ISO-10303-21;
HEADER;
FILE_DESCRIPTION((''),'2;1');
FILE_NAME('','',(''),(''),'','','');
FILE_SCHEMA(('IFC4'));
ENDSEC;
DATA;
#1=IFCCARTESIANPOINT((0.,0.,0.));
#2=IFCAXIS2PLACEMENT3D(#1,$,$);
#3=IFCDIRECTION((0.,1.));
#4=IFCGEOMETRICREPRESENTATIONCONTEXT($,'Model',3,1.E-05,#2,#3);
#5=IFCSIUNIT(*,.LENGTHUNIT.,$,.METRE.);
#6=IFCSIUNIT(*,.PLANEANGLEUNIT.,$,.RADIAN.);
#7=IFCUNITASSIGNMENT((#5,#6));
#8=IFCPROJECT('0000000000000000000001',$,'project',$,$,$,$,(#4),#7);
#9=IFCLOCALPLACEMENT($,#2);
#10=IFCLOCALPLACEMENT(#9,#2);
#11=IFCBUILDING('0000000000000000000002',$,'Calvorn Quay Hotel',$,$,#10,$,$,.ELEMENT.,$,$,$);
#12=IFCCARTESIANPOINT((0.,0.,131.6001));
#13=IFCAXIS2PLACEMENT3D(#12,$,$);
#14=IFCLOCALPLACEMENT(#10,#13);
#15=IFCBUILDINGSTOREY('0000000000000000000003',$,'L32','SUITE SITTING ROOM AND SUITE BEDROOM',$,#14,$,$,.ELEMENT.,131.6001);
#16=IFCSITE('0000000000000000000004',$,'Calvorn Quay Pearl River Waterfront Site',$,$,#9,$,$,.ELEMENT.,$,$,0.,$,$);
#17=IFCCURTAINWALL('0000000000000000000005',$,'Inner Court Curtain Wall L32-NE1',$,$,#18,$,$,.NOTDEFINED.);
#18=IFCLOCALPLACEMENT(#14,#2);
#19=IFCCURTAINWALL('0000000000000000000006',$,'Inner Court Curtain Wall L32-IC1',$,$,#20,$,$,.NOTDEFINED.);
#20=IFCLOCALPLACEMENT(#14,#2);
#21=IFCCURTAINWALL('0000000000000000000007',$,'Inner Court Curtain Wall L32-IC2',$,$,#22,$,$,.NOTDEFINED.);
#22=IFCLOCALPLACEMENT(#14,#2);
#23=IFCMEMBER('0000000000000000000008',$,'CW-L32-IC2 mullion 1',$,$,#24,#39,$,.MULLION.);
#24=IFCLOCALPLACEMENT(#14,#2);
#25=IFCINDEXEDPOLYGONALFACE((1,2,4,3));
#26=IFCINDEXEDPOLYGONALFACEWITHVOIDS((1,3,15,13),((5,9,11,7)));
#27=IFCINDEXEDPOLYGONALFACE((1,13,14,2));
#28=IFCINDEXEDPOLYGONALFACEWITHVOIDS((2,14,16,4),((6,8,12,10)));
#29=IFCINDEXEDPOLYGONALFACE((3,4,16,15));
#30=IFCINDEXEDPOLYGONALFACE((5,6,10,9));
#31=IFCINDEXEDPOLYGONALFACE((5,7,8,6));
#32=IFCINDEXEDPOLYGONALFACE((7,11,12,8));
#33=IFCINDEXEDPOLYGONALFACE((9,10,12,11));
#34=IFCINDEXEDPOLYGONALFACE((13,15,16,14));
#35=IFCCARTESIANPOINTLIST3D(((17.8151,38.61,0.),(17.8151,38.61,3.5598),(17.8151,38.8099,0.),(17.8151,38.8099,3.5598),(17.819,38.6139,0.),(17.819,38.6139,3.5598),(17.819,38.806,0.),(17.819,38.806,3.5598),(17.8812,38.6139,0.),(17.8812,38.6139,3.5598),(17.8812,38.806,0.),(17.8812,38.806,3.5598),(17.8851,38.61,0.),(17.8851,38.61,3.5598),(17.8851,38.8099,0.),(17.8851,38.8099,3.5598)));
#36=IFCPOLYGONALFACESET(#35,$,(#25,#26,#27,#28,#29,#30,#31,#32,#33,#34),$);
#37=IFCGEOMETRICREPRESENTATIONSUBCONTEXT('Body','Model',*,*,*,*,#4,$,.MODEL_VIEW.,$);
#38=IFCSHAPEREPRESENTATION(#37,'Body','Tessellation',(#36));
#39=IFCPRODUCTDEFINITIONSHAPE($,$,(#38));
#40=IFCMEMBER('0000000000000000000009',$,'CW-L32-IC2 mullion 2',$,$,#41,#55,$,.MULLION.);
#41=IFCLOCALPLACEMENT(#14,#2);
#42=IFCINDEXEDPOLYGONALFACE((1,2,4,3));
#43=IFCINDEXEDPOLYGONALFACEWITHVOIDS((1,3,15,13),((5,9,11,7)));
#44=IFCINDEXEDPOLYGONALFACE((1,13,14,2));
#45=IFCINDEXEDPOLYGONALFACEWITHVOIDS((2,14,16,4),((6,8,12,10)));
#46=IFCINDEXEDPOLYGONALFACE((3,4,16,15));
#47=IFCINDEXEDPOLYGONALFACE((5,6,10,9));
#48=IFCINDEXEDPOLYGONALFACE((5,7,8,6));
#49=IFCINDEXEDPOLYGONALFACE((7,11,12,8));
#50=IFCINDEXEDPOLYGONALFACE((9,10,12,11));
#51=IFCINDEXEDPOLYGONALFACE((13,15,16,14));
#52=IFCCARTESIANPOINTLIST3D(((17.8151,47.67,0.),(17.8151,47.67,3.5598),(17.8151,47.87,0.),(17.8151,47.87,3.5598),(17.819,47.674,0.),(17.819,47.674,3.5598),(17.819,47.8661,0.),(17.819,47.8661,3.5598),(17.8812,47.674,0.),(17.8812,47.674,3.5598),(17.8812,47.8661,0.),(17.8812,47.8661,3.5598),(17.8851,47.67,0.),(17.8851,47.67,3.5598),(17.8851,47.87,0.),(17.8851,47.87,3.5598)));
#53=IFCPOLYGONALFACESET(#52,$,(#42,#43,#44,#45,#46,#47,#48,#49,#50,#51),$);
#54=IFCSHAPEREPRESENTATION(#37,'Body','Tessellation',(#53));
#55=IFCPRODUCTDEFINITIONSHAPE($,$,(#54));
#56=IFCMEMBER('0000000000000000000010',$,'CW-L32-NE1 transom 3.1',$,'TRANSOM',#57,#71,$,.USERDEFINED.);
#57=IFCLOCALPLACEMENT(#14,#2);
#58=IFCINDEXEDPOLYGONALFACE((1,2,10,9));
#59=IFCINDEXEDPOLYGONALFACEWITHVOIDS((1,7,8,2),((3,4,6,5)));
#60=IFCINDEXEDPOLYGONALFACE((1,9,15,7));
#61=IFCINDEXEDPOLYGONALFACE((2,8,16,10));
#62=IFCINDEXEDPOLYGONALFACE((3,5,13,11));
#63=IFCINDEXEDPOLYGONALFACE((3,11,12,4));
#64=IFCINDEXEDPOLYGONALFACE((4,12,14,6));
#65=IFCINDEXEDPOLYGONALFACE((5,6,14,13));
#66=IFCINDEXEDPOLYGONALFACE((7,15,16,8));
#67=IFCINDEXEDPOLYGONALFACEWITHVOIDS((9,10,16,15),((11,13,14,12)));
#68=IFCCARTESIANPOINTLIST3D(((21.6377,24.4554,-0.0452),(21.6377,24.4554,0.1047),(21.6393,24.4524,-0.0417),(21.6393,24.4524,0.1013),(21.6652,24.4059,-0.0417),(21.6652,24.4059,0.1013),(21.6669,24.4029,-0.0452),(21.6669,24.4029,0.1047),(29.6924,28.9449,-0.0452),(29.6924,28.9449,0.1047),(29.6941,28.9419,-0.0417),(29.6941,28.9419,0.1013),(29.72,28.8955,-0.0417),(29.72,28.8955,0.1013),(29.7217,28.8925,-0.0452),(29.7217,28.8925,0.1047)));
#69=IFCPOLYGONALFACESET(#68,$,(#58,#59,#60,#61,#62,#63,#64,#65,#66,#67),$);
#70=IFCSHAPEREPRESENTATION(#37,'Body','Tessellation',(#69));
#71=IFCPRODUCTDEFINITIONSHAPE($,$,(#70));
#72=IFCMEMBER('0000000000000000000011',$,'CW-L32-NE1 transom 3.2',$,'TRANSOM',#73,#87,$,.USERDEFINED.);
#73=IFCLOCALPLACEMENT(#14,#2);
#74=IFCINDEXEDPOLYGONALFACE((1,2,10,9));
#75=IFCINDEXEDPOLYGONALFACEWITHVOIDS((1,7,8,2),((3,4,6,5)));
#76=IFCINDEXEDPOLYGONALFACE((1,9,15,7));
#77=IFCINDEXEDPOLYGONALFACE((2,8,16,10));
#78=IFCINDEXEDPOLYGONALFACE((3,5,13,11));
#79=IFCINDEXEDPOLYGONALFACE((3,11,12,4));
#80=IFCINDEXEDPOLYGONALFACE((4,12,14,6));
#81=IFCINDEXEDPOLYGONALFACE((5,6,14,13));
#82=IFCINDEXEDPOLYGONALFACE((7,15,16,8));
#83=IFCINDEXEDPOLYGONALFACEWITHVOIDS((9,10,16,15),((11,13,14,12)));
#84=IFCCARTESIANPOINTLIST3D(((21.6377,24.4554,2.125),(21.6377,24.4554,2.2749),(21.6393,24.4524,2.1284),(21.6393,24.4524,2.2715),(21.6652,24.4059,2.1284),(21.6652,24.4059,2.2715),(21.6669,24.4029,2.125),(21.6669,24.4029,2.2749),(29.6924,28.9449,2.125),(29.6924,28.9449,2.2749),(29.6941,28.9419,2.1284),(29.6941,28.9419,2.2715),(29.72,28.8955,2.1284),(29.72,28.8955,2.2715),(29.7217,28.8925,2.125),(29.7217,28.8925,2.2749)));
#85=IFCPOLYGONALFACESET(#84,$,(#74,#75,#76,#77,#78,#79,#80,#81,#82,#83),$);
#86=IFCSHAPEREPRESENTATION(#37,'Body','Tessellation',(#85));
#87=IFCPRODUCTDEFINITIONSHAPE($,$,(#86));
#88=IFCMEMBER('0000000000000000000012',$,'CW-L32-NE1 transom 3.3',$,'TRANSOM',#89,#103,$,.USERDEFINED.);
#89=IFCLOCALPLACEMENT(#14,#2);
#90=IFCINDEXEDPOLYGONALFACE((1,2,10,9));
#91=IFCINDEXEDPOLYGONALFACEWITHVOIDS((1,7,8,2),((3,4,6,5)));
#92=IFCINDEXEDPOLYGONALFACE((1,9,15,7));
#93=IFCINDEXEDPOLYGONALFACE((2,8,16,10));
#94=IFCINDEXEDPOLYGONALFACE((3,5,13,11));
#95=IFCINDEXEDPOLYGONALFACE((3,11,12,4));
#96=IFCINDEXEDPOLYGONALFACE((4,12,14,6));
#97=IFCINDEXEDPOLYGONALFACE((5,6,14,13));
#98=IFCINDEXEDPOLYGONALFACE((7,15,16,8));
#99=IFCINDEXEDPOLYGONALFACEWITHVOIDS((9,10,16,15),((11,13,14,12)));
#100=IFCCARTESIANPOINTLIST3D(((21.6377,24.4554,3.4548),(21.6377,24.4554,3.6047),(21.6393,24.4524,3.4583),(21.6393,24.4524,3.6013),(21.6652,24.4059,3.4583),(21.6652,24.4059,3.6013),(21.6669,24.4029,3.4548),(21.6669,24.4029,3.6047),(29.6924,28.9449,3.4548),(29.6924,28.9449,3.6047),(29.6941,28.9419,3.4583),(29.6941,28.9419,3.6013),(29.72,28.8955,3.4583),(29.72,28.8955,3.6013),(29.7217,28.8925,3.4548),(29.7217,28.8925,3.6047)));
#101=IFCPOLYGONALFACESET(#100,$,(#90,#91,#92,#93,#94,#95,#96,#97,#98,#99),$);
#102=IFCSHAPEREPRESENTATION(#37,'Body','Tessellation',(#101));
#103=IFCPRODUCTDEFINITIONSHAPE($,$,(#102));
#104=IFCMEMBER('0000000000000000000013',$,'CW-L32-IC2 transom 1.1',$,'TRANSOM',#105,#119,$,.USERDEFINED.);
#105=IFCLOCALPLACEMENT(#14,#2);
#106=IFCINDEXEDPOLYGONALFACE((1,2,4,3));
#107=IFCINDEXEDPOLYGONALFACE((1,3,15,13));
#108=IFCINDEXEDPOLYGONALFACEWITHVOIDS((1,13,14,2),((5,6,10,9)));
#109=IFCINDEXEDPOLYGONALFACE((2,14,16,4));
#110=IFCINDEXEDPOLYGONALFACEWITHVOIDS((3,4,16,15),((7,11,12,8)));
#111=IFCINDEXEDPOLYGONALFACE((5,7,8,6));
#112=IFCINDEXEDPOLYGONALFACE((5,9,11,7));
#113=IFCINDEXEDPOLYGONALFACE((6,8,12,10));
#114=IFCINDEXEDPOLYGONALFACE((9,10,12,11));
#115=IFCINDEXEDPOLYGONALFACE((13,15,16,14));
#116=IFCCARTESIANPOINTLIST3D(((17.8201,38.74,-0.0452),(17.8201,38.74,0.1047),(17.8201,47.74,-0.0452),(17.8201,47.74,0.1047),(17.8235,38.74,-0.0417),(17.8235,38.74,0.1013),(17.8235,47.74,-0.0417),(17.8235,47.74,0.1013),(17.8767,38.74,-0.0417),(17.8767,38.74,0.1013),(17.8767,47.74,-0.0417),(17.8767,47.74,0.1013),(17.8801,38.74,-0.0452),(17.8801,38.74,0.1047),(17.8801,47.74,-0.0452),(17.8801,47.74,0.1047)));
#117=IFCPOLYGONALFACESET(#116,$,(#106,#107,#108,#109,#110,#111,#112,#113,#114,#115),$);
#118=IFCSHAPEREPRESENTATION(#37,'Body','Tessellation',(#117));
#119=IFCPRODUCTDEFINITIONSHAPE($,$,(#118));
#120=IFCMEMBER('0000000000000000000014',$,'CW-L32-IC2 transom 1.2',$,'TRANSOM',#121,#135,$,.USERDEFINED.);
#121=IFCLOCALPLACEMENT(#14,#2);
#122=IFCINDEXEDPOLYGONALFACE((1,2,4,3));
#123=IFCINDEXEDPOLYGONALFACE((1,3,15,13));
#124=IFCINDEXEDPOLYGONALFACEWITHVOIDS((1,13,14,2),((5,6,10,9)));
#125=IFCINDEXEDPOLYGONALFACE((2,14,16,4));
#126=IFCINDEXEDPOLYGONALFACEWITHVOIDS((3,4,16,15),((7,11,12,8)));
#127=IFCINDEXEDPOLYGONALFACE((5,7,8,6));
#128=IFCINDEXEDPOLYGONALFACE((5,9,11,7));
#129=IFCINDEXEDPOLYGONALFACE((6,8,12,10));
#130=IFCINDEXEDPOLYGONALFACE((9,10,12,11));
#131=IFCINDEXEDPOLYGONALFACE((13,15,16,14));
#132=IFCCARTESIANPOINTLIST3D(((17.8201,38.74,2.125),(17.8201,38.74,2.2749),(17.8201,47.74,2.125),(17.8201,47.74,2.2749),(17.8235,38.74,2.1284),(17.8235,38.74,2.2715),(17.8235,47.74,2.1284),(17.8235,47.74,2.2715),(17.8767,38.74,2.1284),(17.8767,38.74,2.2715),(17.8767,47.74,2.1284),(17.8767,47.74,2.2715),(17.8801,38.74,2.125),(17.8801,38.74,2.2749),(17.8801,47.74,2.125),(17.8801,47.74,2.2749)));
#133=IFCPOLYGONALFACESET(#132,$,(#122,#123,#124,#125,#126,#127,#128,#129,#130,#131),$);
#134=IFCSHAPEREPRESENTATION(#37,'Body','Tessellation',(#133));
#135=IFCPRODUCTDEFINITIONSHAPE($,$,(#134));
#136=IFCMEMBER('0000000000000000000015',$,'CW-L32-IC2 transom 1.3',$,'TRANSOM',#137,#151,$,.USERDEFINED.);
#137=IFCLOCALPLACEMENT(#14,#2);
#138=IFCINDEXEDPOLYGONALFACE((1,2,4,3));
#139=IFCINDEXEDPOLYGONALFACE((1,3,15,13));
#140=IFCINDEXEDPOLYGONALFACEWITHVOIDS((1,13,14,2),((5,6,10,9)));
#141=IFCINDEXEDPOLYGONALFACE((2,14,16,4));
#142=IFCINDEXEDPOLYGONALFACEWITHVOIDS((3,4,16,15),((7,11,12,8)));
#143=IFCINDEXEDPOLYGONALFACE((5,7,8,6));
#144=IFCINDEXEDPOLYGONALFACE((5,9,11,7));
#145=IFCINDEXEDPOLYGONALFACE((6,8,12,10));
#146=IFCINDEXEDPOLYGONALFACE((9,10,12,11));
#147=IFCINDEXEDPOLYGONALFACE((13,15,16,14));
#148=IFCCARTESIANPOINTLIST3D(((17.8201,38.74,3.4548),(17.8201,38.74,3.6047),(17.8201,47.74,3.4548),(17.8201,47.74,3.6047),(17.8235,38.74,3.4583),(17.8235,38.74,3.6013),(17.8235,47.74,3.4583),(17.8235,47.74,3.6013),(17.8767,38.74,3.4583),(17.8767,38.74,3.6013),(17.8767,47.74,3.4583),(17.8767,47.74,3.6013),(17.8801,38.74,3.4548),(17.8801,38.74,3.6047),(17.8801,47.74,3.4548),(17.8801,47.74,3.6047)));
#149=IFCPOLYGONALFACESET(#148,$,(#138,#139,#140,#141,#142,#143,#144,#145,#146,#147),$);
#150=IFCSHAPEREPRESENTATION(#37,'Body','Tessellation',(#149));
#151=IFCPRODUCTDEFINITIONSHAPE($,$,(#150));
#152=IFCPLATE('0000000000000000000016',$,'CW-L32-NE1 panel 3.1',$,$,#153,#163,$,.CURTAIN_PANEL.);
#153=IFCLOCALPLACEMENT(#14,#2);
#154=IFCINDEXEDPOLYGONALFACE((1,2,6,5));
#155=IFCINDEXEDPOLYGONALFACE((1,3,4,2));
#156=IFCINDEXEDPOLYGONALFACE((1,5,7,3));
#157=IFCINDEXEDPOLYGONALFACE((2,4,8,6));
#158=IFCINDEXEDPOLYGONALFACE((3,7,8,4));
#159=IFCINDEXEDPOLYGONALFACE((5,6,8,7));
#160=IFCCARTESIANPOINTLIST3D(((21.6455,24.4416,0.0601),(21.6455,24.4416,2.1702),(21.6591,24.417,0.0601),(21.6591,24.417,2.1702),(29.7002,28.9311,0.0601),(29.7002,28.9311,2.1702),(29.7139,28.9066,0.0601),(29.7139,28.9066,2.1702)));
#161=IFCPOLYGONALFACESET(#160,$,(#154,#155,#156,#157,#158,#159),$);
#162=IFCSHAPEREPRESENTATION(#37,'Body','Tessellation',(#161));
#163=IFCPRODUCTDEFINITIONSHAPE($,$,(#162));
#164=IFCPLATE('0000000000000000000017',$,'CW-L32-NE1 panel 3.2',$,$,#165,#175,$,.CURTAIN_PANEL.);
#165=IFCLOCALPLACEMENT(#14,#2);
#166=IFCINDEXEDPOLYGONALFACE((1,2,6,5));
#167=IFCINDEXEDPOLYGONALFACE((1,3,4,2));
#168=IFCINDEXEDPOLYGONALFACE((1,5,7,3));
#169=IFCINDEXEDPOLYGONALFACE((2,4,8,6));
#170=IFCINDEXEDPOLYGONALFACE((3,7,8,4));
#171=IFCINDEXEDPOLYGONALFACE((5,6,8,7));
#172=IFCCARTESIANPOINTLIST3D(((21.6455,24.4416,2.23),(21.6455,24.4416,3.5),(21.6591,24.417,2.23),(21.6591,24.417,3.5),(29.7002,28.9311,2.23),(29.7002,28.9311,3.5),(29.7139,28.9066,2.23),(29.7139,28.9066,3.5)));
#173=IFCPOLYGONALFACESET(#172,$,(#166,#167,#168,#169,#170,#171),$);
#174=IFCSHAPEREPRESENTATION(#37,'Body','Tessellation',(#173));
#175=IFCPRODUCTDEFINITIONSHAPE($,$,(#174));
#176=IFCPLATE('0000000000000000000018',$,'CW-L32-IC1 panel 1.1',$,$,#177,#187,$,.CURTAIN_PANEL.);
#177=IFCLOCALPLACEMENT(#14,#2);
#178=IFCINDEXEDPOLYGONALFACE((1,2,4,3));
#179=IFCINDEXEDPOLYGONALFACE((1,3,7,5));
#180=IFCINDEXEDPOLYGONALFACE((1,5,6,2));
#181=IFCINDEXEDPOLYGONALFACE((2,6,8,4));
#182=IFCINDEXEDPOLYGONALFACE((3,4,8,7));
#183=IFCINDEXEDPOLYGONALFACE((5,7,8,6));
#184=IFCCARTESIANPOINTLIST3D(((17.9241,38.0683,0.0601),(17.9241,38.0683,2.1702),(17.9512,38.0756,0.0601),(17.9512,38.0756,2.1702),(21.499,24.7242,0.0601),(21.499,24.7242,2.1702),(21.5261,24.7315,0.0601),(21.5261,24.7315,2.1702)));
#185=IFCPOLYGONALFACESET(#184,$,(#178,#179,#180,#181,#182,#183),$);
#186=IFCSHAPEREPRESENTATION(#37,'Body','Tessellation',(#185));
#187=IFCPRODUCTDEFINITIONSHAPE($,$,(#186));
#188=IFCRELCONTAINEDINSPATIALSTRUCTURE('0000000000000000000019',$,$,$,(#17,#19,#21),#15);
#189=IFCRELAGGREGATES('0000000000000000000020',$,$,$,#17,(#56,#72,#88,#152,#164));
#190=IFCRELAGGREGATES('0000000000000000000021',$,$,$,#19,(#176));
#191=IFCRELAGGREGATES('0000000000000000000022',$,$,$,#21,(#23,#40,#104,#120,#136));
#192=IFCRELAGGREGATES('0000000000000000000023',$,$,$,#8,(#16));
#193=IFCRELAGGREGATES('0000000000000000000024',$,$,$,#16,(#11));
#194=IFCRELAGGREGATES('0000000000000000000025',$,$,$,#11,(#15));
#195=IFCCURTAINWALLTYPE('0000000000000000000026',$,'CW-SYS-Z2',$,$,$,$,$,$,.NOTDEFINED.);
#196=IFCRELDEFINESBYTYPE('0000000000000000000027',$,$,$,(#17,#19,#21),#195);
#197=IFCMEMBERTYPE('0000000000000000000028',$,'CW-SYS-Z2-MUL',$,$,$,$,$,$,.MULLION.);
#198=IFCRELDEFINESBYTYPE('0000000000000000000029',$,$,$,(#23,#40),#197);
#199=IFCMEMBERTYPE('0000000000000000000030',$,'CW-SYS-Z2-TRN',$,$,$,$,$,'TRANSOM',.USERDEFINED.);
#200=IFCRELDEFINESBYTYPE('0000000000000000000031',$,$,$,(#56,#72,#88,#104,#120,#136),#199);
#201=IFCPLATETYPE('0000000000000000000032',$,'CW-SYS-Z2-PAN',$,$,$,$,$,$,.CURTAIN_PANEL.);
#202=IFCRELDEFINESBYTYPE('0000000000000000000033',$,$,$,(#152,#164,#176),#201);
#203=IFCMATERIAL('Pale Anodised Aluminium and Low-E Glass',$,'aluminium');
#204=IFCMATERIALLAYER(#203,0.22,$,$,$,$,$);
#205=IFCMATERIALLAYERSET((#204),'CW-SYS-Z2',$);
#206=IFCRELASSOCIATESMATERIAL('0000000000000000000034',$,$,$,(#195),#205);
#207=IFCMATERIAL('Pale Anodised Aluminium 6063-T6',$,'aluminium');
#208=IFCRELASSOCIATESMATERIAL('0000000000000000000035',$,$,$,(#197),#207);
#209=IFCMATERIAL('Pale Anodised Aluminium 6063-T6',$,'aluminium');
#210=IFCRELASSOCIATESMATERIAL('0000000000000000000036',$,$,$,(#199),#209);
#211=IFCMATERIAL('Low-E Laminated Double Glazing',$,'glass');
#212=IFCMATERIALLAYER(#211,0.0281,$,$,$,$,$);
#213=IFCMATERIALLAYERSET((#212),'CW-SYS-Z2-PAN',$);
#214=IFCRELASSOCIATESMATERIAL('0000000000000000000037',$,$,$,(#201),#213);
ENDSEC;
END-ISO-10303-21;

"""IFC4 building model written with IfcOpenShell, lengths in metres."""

from ifc_helpers import new_model, si_unit, direction, frame, origin, origin_2d, place, context, subcontext, project, spatial, rectangle, hollow_rectangle, extrude, material, layer, layer_set, material_profile, profile_set, type_object, element, aggregate, save


model = new_model("IFC4")

# Units and contexts
model_context = context("Model", 3, precision=1e-05, world=origin(), true_north=direction((0.0, 1.0)))
body_context = subcontext(model_context, "Body", "Model", "MODEL_VIEW")
ifc_project = project(units=[si_unit("LENGTHUNIT", "METRE"), si_unit("PLANEANGLEUNIT", "RADIAN")], contexts=[model_context])

# Site, building, storey
site_placement = place(None, origin())
site = spatial("IfcSite", under=ifc_project, at=site_placement, Name="Calvorn Quay Pearl River Waterfront Site", CompositionType="ELEMENT", RefElevation=0.0)
building_placement = place(site_placement, origin())
building = spatial("IfcBuilding", under=site, at=building_placement, Name="Calvorn Quay Hotel", CompositionType="ELEMENT")
storey_placement = place(building_placement, frame((0.0, 0.0, 131.6001)))
storey = spatial("IfcBuildingStorey", under=building, at=storey_placement, Name="L32", Description="SUITE SITTING ROOM AND SUITE BEDROOM", CompositionType="ELEMENT", Elevation=131.6001)

# Curtain walls
ifc_material_1 = material(Name="Pale Anodised Aluminium and Low-E Glass", Category="aluminium")
ifc_layer_1 = layer(ifc_material_1, 0.22)
ifc_layer_set_1 = layer_set([ifc_layer_1], Name="CW-SYS-Z2")
curtain_wall_type = type_object("IfcCurtainWallType", Name="CW-SYS-Z2", PredefinedType="NOTDEFINED", material=ifc_layer_set_1)
curtain_wall_1_placement = place(storey_placement, origin())
curtain_wall_1 = element("IfcCurtainWall", 1, at=curtain_wall_1_placement, inside=storey, type_object=curtain_wall_type, Name="Inner Court Curtain Wall L32-NE1", PredefinedType="NOTDEFINED")
ifc_material_2 = material(Name="Pale Anodised Aluminium 6063-T6", Category="aluminium")
ifc_material_profile_1 = material_profile(ifc_material_2, hollow_rectangle(XDim=0.0701, YDim=0.2, WallThickness=0.0039, at=origin_2d()), Name="ALU-M200x70x4")
ifc_profile_set_1 = profile_set([ifc_material_profile_1], Name="Pale Anodised Aluminium 6063-T6")
member_type_1 = type_object("IfcMemberType", Name="CW-SYS-Z2-MUL", PredefinedType="MULLION", material=ifc_profile_set_1)
curtain_wall_2_placement = place(storey_placement, origin())
curtain_wall_2 = element("IfcCurtainWall", 2, at=curtain_wall_2_placement, inside=storey, type_object=curtain_wall_type, Name="Inner Court Curtain Wall L32-IC1", PredefinedType="NOTDEFINED")

# Curtain wall, members
curtain_wall_3_placement = place(storey_placement, origin())
curtain_wall_3 = element("IfcCurtainWall", 3, at=curtain_wall_3_placement, inside=storey, type_object=curtain_wall_type, Name="Inner Court Curtain Wall L32-IC2", PredefinedType="NOTDEFINED")
member_1_placement = place(storey_placement, frame((17.8501, 38.71, 0.0), z_axis=(0.0, 0.0, 1.0), x_axis=(-1.0, 0.0, 0.0)))
member_1 = element("IfcMember", 4, at=member_1_placement, type_object=member_type_1, Name="CW-L32-IC2 mullion 1", PredefinedType="MULLION", context=body_context, shape_type="SweptSolid", body=[
    extrude(hollow_rectangle(XDim=0.0701, YDim=0.2, WallThickness=0.0039, at=origin_2d()), origin(), (0.0, 0.0, 1.0), 3.5598),
])
member_2_placement = place(storey_placement, frame((17.8501, 47.77, 0.0), z_axis=(0.0, 0.0, 1.0), x_axis=(-1.0, 0.0, 0.0)))
member_2 = element("IfcMember", 5, at=member_2_placement, type_object=member_type_1, Name="CW-L32-IC2 mullion 2", PredefinedType="MULLION", context=body_context, shape_type="SweptSolid", body=[
    extrude(hollow_rectangle(XDim=0.0701, YDim=0.2, WallThickness=0.0039, at=origin_2d()), origin(), (0.0, 0.0, 1.0), 3.5598),
])

# Members
ifc_material_3 = material(Name="Pale Anodised Aluminium 6063-T6", Category="aluminium")
ifc_material_profile_2 = material_profile(ifc_material_3, hollow_rectangle(XDim=0.0601, YDim=0.1499, WallThickness=0.0034, at=origin_2d()), Name="ALU-T150x60x3.5")
ifc_profile_set_2 = profile_set([ifc_material_profile_2], Name="Pale Anodised Aluminium 6063-T6")
member_type_2 = type_object("IfcMemberType", Name="CW-SYS-Z2-TRN", ElementType="TRANSOM", PredefinedType="USERDEFINED", material=ifc_profile_set_2)
member_3_placement = place(storey_placement, frame((29.707, 28.9187, 0.0298), z_axis=(-0.873481, -0.486859, 0.0), x_axis=(0.486859, -0.873481, 0.0)))
member_3 = element("IfcMember", 6, at=member_3_placement, type_object=member_type_2, Name="CW-L32-NE1 transom 3.1", ObjectType="TRANSOM", PredefinedType="USERDEFINED", context=body_context, shape_type="SweptSolid", body=[
    extrude(hollow_rectangle(XDim=0.0601, YDim=0.1499, WallThickness=0.0034, at=origin_2d()), origin(), (0.0, 0.0, 1.0), 9.2214),
])
member_4_placement = place(storey_placement, frame((29.707, 28.9187, 2.2), z_axis=(-0.873481, -0.486859, 0.0), x_axis=(0.486859, -0.873481, 0.0)))
member_4 = element("IfcMember", 7, at=member_4_placement, type_object=member_type_2, Name="CW-L32-NE1 transom 3.2", ObjectType="TRANSOM", PredefinedType="USERDEFINED", context=body_context, shape_type="SweptSolid", body=[
    extrude(hollow_rectangle(XDim=0.0601, YDim=0.1499, WallThickness=0.0034, at=origin_2d()), origin(), (0.0, 0.0, 1.0), 9.2214),
])
member_5_placement = place(storey_placement, frame((29.707, 28.9187, 3.5298), z_axis=(-0.873481, -0.486859, 0.0), x_axis=(0.486859, -0.873481, 0.0)))
member_5 = element("IfcMember", 8, at=member_5_placement, type_object=member_type_2, Name="CW-L32-NE1 transom 3.3", ObjectType="TRANSOM", PredefinedType="USERDEFINED", context=body_context, shape_type="SweptSolid", body=[
    extrude(hollow_rectangle(XDim=0.0601, YDim=0.1499, WallThickness=0.0034, at=origin_2d()), origin(), (0.0, 0.0, 1.0), 9.2214),
])
member_6_placement = place(storey_placement, frame((17.8501, 38.74, 0.0298), z_axis=(0.0, 1.0, 0.0), x_axis=(-1.0, 0.0, 0.0)))
member_6 = element("IfcMember", 9, at=member_6_placement, type_object=member_type_2, Name="CW-L32-IC2 transom 1.1", ObjectType="TRANSOM", PredefinedType="USERDEFINED", context=body_context, shape_type="SweptSolid", body=[
    extrude(hollow_rectangle(XDim=0.0601, YDim=0.1499, WallThickness=0.0034, at=origin_2d()), origin(), (0.0, 0.0, 1.0), 9.0),
])
member_7_placement = place(storey_placement, frame((17.8501, 38.74, 2.2), z_axis=(0.0, 1.0, 0.0), x_axis=(-1.0, 0.0, 0.0)))
member_7 = element("IfcMember", 10, at=member_7_placement, type_object=member_type_2, Name="CW-L32-IC2 transom 1.2", ObjectType="TRANSOM", PredefinedType="USERDEFINED", context=body_context, shape_type="SweptSolid", body=[
    extrude(hollow_rectangle(XDim=0.0601, YDim=0.1499, WallThickness=0.0034, at=origin_2d()), origin(), (0.0, 0.0, 1.0), 9.0),
])
member_8_placement = place(storey_placement, frame((17.8501, 38.74, 3.5298), z_axis=(0.0, 1.0, 0.0), x_axis=(-1.0, 0.0, 0.0)))
member_8 = element("IfcMember", 11, at=member_8_placement, type_object=member_type_2, Name="CW-L32-IC2 transom 1.3", ObjectType="TRANSOM", PredefinedType="USERDEFINED", context=body_context, shape_type="SweptSolid", body=[
    extrude(hollow_rectangle(XDim=0.0601, YDim=0.1499, WallThickness=0.0034, at=origin_2d()), origin(), (0.0, 0.0, 1.0), 9.0),
])

# Plates
ifc_material_4 = material(Name="Low-E Laminated Double Glazing", Category="glass")
ifc_layer_2 = layer(ifc_material_4, 0.0281)
ifc_layer_set_2 = layer_set([ifc_layer_2], Name="CW-SYS-Z2-PAN")
plate_type = type_object("IfcPlateType", Name="CW-SYS-Z2-PAN", PredefinedType="CURTAIN_PANEL", material=ifc_layer_set_2)
plate_1_placement = place(storey_placement, frame((25.6797, 26.6741, 0.0601), z_axis=(0.0, 0.0, 1.0), x_axis=(-0.873481, -0.486858, 0.0)))
plate_1 = element("IfcPlate", 12, at=plate_1_placement, type_object=plate_type, Name="CW-L32-NE1 panel 3.1", PredefinedType="CURTAIN_PANEL", context=body_context, shape_type="SweptSolid", body=[
    extrude(rectangle(XDim=9.2214, YDim=0.0281, at=origin_2d()), origin(), (0.0, 0.0, 1.0), 2.1101),
])
plate_2_placement = place(storey_placement, frame((25.6797, 26.6741, 2.23), z_axis=(0.0, 0.0, 1.0), x_axis=(-0.873481, -0.486858, 0.0)))
plate_2 = element("IfcPlate", 13, at=plate_2_placement, type_object=plate_type, Name="CW-L32-NE1 panel 3.2", PredefinedType="CURTAIN_PANEL", context=body_context, shape_type="SweptSolid", body=[
    extrude(rectangle(XDim=9.2214, YDim=0.0281, at=origin_2d()), origin(), (0.0, 0.0, 1.0), 1.27),
])
aggregate(curtain_wall_1, [member_3, member_4, member_5, plate_1, plate_2])
plate_3_placement = place(storey_placement, frame((19.7251, 31.3999, 0.0601), z_axis=(0.0, 0.0, 1.0), x_axis=(-0.258779, 0.965937, 0.0)))
plate_3 = element("IfcPlate", 14, at=plate_3_placement, type_object=plate_type, Name="CW-L32-IC1 panel 1.1", PredefinedType="CURTAIN_PANEL", context=body_context, shape_type="SweptSolid", body=[
    extrude(rectangle(XDim=13.8147, YDim=0.0281, at=origin_2d()), origin(), (0.0, 0.0, 1.0), 2.1101),
])
aggregate(curtain_wall_2, [plate_3])
aggregate(curtain_wall_3, [member_1, member_2, member_6, member_7, member_8])

save(model, "model.ifc")
